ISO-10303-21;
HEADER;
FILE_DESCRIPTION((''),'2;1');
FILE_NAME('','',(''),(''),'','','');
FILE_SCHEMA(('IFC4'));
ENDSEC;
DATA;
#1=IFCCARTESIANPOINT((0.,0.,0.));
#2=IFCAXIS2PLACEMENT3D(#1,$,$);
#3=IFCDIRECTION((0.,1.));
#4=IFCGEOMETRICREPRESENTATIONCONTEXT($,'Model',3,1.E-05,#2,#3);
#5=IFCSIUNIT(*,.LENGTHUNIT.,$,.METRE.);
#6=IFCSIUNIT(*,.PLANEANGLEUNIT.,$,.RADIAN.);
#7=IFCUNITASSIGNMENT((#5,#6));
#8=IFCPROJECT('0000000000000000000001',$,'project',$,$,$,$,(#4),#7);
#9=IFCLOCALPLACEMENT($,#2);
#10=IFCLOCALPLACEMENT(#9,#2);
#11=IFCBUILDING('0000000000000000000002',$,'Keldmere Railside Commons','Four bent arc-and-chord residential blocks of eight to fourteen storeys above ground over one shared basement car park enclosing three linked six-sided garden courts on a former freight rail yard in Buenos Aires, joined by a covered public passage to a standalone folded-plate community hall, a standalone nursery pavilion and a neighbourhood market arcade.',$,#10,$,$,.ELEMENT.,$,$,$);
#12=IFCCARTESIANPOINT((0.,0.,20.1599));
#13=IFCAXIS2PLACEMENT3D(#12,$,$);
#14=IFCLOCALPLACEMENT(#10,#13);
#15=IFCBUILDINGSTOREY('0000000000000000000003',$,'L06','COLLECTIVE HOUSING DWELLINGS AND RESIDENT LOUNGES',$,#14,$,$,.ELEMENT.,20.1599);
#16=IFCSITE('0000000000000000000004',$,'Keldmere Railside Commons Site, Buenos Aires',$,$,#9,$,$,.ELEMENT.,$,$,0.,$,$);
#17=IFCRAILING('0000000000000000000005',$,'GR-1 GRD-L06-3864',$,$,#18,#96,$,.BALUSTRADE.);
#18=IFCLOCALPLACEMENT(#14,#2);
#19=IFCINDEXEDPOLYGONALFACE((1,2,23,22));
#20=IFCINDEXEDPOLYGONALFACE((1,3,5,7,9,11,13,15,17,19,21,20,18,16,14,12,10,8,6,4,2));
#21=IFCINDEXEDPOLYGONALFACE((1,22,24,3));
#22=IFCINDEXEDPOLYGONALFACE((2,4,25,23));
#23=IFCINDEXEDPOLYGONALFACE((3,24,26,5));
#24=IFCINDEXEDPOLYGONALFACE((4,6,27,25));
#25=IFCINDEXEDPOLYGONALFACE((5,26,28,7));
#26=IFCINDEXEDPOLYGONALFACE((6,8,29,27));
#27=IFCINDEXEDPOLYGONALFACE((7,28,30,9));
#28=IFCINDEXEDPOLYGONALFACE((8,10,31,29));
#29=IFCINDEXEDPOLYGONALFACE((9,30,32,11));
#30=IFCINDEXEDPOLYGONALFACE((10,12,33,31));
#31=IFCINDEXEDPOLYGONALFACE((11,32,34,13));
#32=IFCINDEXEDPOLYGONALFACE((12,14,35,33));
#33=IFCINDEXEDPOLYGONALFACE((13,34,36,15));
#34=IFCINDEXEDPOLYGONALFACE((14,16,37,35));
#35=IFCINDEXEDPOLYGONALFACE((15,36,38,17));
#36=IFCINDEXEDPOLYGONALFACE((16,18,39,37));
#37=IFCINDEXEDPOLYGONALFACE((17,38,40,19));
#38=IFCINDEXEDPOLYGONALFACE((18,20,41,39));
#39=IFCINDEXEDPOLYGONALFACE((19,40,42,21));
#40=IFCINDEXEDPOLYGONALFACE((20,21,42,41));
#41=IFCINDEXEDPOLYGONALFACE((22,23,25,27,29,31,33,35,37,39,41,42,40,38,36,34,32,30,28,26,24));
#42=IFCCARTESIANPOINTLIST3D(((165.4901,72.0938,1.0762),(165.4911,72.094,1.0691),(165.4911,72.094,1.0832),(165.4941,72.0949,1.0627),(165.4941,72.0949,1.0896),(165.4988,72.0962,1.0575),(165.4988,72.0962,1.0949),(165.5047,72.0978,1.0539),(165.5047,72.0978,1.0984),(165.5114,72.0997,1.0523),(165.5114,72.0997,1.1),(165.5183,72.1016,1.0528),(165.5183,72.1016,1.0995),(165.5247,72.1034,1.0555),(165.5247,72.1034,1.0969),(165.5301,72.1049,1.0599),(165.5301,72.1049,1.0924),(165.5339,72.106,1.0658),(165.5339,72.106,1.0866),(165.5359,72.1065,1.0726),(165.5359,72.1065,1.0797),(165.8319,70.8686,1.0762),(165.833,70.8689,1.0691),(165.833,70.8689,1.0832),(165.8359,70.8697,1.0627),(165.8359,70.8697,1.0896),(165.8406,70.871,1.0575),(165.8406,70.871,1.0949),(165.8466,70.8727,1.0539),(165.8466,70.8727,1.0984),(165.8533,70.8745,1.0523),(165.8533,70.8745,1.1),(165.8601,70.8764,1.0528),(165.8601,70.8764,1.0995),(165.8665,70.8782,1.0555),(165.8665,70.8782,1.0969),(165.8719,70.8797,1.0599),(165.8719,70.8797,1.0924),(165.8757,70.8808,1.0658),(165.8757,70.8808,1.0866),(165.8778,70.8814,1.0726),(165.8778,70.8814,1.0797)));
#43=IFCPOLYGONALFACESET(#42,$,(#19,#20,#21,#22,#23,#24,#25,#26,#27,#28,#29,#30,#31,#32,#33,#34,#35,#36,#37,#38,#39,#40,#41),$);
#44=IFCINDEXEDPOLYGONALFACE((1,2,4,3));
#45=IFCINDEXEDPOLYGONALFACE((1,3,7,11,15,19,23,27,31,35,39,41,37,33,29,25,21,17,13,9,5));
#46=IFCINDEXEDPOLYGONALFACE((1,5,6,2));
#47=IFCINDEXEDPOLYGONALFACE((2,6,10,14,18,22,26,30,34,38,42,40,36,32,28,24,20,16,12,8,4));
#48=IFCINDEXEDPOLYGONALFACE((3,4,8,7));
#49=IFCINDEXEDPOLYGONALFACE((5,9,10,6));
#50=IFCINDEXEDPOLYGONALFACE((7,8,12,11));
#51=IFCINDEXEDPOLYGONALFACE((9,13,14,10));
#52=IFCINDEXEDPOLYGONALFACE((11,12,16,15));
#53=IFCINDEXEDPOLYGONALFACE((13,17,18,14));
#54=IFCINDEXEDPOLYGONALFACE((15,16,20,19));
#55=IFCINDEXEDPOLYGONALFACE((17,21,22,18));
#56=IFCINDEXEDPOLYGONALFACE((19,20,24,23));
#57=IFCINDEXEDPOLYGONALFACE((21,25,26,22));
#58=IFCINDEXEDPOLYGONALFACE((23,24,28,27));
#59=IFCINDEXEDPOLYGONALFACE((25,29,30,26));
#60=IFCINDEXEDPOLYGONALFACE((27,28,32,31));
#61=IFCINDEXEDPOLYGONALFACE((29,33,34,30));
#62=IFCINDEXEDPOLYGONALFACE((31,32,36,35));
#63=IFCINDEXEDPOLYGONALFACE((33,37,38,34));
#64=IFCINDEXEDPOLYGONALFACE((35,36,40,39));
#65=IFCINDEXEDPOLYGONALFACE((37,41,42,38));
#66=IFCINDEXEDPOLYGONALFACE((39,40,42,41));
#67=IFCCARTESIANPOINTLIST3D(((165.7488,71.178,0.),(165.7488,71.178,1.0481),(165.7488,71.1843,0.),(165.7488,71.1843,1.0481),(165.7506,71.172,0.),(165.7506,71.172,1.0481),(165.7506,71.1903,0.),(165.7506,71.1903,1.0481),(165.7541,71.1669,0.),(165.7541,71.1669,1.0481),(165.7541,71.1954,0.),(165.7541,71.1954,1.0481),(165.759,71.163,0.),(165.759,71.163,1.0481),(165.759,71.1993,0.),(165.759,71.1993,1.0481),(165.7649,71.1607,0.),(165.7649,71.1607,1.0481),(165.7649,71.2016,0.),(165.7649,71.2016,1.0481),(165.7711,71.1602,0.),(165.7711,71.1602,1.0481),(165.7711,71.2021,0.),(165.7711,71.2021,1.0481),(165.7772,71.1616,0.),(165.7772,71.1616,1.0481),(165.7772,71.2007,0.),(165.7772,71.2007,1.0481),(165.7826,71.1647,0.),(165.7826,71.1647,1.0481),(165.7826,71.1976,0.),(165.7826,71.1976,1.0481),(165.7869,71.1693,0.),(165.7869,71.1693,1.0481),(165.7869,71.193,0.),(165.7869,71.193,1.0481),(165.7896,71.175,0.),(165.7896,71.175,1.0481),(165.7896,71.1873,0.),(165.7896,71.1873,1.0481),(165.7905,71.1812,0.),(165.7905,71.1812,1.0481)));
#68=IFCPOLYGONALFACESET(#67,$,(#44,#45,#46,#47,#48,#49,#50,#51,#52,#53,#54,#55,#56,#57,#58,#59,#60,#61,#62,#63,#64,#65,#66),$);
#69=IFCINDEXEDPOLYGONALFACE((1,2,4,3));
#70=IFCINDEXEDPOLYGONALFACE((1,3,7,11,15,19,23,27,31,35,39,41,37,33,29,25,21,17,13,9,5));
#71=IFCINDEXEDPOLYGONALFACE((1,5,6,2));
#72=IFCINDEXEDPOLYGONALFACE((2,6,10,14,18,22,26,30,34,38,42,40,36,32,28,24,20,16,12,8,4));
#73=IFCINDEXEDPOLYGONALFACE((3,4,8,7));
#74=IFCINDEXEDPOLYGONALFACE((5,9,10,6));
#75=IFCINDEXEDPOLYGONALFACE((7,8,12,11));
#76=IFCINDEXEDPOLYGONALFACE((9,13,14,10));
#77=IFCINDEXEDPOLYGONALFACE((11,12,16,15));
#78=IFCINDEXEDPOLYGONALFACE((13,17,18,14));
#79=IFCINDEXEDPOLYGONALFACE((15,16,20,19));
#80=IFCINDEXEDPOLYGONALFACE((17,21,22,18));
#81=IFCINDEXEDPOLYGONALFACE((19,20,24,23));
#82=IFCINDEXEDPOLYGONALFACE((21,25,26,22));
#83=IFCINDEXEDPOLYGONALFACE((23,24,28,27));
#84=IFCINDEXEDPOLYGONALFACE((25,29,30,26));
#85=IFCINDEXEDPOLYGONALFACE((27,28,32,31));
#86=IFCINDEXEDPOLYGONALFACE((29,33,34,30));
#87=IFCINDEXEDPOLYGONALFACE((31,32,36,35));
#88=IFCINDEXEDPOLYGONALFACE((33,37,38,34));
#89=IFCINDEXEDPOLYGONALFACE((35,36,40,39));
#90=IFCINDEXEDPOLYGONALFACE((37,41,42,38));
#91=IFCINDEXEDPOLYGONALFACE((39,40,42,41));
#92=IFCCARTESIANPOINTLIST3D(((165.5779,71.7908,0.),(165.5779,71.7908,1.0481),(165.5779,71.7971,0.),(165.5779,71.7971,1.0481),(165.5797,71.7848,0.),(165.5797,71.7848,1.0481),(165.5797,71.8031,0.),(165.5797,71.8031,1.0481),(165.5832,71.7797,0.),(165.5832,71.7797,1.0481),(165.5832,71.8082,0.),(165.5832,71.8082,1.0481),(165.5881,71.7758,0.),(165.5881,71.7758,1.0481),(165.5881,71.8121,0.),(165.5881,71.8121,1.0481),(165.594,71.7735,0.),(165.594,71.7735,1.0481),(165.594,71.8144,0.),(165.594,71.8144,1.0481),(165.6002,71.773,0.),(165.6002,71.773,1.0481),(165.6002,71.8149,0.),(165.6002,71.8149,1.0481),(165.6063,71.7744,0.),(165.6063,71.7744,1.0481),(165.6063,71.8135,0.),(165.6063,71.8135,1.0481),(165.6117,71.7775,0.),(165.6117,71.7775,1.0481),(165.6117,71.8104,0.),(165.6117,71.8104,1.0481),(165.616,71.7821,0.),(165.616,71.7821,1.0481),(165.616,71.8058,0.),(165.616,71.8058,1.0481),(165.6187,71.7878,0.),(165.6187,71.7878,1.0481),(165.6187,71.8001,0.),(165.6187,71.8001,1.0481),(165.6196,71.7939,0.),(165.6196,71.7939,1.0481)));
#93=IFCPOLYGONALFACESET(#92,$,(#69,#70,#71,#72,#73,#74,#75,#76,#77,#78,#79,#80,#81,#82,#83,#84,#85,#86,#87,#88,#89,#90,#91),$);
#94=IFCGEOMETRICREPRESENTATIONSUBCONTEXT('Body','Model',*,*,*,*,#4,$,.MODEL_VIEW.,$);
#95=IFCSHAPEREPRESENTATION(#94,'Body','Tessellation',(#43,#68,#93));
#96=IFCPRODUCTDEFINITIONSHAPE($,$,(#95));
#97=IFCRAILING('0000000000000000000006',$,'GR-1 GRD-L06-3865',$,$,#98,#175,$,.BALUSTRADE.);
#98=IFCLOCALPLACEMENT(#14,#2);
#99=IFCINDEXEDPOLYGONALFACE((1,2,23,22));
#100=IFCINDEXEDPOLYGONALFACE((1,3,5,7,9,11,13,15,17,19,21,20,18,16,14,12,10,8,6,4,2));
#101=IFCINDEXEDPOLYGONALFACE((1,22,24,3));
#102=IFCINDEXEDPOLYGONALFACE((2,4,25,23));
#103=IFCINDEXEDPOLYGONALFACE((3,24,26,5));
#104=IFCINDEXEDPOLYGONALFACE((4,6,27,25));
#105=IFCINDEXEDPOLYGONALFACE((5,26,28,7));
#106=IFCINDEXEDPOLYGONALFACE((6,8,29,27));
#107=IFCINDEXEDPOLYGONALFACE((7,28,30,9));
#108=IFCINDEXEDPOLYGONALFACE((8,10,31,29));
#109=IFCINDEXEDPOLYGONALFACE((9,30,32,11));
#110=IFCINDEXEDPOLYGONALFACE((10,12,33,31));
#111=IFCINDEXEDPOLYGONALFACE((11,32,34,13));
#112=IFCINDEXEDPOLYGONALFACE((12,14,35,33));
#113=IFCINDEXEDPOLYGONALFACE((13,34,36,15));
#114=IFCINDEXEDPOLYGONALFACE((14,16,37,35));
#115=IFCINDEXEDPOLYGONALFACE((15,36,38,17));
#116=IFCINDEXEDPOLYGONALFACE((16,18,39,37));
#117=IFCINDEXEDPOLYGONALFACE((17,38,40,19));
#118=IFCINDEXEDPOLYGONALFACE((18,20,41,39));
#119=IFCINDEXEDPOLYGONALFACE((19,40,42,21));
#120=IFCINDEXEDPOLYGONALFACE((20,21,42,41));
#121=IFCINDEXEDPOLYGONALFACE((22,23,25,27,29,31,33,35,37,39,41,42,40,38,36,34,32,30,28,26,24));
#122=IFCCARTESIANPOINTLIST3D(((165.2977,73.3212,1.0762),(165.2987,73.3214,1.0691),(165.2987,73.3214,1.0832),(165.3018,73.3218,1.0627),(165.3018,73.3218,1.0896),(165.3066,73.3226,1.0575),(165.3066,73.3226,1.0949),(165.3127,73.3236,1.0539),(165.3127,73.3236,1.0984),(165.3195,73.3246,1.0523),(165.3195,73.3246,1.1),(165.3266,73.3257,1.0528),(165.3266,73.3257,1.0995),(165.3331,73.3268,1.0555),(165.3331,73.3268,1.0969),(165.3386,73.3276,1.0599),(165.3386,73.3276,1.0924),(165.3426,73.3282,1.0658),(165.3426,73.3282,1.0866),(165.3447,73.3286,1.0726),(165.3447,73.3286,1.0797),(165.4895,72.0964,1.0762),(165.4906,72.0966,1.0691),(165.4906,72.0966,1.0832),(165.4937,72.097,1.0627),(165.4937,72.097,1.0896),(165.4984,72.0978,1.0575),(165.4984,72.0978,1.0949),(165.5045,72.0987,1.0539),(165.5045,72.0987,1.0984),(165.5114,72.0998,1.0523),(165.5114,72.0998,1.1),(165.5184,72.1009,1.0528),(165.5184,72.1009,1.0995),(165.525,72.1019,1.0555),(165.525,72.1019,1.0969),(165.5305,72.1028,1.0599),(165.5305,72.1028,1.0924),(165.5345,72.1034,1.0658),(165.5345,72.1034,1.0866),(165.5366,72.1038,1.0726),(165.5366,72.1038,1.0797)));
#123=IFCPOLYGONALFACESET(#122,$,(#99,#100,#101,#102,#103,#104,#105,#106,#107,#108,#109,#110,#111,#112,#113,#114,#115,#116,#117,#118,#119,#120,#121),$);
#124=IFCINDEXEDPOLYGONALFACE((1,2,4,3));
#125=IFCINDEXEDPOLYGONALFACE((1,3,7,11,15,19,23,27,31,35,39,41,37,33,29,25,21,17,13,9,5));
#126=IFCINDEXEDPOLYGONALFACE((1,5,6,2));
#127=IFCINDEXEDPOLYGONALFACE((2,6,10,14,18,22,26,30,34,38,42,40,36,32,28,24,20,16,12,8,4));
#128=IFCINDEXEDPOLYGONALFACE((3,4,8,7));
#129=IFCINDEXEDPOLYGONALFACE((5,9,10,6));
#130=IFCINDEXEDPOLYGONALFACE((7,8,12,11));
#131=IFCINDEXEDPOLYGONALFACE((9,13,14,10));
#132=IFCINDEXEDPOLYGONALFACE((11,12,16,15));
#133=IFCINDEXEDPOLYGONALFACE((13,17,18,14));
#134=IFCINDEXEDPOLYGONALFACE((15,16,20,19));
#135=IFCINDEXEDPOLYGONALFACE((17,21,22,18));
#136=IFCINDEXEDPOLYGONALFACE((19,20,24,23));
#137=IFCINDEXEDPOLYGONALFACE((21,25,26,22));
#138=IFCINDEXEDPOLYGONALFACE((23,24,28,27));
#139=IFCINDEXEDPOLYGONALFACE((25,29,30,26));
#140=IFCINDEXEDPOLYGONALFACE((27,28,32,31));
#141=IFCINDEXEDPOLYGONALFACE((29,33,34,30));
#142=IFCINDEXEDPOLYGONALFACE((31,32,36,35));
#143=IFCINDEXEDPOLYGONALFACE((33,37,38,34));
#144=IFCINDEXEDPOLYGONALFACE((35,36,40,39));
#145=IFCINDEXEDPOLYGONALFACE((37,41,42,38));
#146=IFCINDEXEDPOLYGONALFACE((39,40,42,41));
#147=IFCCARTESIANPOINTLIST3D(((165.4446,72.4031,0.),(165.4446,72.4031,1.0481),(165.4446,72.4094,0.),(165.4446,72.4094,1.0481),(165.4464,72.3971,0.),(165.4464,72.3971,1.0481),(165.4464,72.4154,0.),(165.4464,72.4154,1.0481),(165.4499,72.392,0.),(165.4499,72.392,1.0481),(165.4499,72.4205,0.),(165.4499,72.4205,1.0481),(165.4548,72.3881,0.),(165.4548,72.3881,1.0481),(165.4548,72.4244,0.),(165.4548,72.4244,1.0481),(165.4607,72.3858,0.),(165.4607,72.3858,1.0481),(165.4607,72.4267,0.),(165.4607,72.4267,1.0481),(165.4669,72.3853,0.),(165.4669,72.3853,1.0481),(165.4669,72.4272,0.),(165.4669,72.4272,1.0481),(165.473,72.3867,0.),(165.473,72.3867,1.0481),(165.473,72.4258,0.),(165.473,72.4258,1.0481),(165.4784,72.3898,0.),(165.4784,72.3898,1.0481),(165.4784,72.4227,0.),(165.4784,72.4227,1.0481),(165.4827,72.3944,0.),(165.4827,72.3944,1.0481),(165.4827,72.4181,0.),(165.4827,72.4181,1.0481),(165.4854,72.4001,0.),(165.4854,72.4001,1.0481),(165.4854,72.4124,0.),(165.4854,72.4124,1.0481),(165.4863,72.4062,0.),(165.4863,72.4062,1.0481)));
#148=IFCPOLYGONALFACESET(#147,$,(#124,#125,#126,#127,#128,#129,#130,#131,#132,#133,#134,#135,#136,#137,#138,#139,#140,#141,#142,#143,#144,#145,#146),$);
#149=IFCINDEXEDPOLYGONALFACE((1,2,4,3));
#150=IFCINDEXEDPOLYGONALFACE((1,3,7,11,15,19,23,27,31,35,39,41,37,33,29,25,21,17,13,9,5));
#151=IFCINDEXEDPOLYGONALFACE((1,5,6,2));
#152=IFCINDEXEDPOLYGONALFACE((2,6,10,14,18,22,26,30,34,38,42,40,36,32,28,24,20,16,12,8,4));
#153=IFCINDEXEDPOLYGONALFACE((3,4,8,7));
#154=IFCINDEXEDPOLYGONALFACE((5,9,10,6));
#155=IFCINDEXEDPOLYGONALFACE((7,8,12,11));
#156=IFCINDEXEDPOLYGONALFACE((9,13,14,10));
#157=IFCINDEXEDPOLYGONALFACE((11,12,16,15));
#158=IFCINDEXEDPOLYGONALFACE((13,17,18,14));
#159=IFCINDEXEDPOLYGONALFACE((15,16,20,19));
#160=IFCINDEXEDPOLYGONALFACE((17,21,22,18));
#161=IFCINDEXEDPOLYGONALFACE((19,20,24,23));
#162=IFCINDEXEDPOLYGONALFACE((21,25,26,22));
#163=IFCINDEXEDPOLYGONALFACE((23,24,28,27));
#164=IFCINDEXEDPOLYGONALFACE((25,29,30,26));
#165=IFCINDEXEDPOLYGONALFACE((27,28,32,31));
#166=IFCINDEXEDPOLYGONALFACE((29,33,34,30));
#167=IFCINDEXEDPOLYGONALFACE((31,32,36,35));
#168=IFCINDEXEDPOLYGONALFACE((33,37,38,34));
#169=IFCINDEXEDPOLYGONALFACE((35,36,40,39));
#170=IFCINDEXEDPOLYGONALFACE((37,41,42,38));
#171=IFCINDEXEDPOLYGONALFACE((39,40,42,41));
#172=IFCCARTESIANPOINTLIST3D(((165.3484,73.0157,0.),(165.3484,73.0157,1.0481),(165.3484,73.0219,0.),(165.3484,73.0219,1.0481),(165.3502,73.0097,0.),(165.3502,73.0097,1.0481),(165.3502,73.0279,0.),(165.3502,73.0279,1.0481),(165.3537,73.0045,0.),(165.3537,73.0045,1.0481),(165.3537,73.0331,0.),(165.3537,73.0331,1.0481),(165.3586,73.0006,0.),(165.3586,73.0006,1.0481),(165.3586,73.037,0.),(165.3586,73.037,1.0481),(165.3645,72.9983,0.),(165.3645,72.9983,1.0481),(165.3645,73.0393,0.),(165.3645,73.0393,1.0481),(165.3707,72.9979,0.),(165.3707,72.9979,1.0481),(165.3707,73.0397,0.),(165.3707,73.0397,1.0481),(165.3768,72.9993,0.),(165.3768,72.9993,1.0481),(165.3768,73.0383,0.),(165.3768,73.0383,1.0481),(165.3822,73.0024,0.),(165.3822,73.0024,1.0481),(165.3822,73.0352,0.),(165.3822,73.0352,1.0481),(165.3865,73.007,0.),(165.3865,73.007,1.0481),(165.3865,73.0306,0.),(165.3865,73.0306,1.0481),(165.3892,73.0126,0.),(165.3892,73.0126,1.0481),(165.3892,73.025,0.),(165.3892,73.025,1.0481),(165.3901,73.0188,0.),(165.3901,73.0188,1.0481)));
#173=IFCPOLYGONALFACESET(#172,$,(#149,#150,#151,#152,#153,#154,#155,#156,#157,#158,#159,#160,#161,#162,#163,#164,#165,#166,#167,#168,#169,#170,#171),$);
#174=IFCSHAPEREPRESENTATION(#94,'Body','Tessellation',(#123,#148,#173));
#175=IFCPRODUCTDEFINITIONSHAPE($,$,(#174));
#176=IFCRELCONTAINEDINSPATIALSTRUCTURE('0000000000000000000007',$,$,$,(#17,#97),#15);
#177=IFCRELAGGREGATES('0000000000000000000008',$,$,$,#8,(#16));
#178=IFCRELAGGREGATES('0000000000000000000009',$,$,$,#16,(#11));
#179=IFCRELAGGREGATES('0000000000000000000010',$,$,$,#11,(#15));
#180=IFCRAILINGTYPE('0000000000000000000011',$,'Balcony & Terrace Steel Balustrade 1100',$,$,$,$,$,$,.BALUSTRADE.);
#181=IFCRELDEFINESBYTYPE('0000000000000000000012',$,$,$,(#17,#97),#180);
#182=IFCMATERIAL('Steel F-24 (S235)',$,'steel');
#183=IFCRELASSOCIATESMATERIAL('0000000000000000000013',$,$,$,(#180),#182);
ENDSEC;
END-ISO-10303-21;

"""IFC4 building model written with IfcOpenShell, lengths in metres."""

from ifc_helpers import new_model, si_unit, direction, frame, origin, origin_2d, place, context, subcontext, project, spatial, circle, extrude, material, type_object, element, save


model = new_model("IFC4")

# Units and contexts
model_context = context("Model", 3, precision=1e-05, world=origin(), true_north=direction((0.0, 1.0)))
body_context = subcontext(model_context, "Body", "Model", "MODEL_VIEW")
ifc_project = project(units=[si_unit("LENGTHUNIT", "METRE"), si_unit("PLANEANGLEUNIT", "RADIAN")], contexts=[model_context])

# Site, building, storey
site_placement = place(None, origin())
site = spatial("IfcSite", under=ifc_project, at=site_placement, Name="Keldmere Railside Commons Site, Buenos Aires", CompositionType="ELEMENT", RefElevation=0.0)
building_placement = place(site_placement, origin())
building = spatial("IfcBuilding", under=site, at=building_placement, Name="Keldmere Railside Commons", Description="Four bent arc-and-chord residential blocks of eight to fourteen storeys above ground over one shared basement car park enclosing three linked six-sided garden courts on a former freight rail yard in Buenos Aires, joined by a covered public passage to a standalone folded-plate community hall, a standalone nursery pavilion and a neighbourhood market arcade.", CompositionType="ELEMENT")
storey_placement = place(building_placement, frame((0.0, 0.0, 20.1599)))
storey = spatial("IfcBuildingStorey", under=building, at=storey_placement, Name="L06", Description="COLLECTIVE HOUSING DWELLINGS AND RESIDENT LOUNGES", CompositionType="ELEMENT", Elevation=20.1599)

# Shared definitions
ifc_material_1 = material(Name="Steel F-24 (S235)", Category="steel")

# Railings
railing_type_1 = type_object("IfcRailingType", Name="Balcony & Terrace Steel Balustrade 1100", PredefinedType="BALUSTRADE", material=ifc_material_1)
railing_1_placement = place(storey_placement, frame((165.855, 70.875, 0.0)))
element("IfcRailing", 1, at=railing_1_placement, inside=storey, type_object=railing_type_1, Name="GR-1 GRD-L06-3864", PredefinedType="BALUSTRADE", context=body_context, shape_type="SweptSolid", body=[
    extrude(circle(Radius=0.0239, at=origin_2d()), frame((0.0, 0.0, 1.0762), z_axis=(-0.268733, 0.963215, 0.0), x_axis=(-0.963215, -0.268733, 0.0)), (0.0, 0.0, 1.0), 1.272),
    extrude(circle(Radius=0.021, at=origin_2d()), frame((-0.0854, 0.3062, 0.0)), (0.0, 0.0, 1.0), 1.0481),
    extrude(circle(Radius=0.021, at=origin_2d()), frame((-0.2563, 0.9189, 0.0)), (0.0, 0.0, 1.0), 1.0481),
])
railing_2_placement = place(storey_placement, frame((165.5132, 72.1001, 0.0)))
element("IfcRailing", 2, at=railing_2_placement, inside=storey, type_object=railing_type_1, Name="GR-1 GRD-L06-3865", PredefinedType="BALUSTRADE", context=body_context, shape_type="SweptSolid", body=[
    extrude(circle(Radius=0.0239, at=origin_2d()), frame((0.0, 0.0, 1.0762), z_axis=(-0.154779, 0.987949, 0.0), x_axis=(-0.987949, -0.154779, 0.0)), (0.0, 0.0, 1.0), 1.2397),
    extrude(circle(Radius=0.021, at=origin_2d()), frame((-0.0479, 0.3062, 0.0)), (0.0, 0.0, 1.0), 1.0481),
    extrude(circle(Radius=0.021, at=origin_2d()), frame((-0.144, 0.9187, 0.0)), (0.0, 0.0, 1.0), 1.0481),
])

save(model, "model.ifc")
